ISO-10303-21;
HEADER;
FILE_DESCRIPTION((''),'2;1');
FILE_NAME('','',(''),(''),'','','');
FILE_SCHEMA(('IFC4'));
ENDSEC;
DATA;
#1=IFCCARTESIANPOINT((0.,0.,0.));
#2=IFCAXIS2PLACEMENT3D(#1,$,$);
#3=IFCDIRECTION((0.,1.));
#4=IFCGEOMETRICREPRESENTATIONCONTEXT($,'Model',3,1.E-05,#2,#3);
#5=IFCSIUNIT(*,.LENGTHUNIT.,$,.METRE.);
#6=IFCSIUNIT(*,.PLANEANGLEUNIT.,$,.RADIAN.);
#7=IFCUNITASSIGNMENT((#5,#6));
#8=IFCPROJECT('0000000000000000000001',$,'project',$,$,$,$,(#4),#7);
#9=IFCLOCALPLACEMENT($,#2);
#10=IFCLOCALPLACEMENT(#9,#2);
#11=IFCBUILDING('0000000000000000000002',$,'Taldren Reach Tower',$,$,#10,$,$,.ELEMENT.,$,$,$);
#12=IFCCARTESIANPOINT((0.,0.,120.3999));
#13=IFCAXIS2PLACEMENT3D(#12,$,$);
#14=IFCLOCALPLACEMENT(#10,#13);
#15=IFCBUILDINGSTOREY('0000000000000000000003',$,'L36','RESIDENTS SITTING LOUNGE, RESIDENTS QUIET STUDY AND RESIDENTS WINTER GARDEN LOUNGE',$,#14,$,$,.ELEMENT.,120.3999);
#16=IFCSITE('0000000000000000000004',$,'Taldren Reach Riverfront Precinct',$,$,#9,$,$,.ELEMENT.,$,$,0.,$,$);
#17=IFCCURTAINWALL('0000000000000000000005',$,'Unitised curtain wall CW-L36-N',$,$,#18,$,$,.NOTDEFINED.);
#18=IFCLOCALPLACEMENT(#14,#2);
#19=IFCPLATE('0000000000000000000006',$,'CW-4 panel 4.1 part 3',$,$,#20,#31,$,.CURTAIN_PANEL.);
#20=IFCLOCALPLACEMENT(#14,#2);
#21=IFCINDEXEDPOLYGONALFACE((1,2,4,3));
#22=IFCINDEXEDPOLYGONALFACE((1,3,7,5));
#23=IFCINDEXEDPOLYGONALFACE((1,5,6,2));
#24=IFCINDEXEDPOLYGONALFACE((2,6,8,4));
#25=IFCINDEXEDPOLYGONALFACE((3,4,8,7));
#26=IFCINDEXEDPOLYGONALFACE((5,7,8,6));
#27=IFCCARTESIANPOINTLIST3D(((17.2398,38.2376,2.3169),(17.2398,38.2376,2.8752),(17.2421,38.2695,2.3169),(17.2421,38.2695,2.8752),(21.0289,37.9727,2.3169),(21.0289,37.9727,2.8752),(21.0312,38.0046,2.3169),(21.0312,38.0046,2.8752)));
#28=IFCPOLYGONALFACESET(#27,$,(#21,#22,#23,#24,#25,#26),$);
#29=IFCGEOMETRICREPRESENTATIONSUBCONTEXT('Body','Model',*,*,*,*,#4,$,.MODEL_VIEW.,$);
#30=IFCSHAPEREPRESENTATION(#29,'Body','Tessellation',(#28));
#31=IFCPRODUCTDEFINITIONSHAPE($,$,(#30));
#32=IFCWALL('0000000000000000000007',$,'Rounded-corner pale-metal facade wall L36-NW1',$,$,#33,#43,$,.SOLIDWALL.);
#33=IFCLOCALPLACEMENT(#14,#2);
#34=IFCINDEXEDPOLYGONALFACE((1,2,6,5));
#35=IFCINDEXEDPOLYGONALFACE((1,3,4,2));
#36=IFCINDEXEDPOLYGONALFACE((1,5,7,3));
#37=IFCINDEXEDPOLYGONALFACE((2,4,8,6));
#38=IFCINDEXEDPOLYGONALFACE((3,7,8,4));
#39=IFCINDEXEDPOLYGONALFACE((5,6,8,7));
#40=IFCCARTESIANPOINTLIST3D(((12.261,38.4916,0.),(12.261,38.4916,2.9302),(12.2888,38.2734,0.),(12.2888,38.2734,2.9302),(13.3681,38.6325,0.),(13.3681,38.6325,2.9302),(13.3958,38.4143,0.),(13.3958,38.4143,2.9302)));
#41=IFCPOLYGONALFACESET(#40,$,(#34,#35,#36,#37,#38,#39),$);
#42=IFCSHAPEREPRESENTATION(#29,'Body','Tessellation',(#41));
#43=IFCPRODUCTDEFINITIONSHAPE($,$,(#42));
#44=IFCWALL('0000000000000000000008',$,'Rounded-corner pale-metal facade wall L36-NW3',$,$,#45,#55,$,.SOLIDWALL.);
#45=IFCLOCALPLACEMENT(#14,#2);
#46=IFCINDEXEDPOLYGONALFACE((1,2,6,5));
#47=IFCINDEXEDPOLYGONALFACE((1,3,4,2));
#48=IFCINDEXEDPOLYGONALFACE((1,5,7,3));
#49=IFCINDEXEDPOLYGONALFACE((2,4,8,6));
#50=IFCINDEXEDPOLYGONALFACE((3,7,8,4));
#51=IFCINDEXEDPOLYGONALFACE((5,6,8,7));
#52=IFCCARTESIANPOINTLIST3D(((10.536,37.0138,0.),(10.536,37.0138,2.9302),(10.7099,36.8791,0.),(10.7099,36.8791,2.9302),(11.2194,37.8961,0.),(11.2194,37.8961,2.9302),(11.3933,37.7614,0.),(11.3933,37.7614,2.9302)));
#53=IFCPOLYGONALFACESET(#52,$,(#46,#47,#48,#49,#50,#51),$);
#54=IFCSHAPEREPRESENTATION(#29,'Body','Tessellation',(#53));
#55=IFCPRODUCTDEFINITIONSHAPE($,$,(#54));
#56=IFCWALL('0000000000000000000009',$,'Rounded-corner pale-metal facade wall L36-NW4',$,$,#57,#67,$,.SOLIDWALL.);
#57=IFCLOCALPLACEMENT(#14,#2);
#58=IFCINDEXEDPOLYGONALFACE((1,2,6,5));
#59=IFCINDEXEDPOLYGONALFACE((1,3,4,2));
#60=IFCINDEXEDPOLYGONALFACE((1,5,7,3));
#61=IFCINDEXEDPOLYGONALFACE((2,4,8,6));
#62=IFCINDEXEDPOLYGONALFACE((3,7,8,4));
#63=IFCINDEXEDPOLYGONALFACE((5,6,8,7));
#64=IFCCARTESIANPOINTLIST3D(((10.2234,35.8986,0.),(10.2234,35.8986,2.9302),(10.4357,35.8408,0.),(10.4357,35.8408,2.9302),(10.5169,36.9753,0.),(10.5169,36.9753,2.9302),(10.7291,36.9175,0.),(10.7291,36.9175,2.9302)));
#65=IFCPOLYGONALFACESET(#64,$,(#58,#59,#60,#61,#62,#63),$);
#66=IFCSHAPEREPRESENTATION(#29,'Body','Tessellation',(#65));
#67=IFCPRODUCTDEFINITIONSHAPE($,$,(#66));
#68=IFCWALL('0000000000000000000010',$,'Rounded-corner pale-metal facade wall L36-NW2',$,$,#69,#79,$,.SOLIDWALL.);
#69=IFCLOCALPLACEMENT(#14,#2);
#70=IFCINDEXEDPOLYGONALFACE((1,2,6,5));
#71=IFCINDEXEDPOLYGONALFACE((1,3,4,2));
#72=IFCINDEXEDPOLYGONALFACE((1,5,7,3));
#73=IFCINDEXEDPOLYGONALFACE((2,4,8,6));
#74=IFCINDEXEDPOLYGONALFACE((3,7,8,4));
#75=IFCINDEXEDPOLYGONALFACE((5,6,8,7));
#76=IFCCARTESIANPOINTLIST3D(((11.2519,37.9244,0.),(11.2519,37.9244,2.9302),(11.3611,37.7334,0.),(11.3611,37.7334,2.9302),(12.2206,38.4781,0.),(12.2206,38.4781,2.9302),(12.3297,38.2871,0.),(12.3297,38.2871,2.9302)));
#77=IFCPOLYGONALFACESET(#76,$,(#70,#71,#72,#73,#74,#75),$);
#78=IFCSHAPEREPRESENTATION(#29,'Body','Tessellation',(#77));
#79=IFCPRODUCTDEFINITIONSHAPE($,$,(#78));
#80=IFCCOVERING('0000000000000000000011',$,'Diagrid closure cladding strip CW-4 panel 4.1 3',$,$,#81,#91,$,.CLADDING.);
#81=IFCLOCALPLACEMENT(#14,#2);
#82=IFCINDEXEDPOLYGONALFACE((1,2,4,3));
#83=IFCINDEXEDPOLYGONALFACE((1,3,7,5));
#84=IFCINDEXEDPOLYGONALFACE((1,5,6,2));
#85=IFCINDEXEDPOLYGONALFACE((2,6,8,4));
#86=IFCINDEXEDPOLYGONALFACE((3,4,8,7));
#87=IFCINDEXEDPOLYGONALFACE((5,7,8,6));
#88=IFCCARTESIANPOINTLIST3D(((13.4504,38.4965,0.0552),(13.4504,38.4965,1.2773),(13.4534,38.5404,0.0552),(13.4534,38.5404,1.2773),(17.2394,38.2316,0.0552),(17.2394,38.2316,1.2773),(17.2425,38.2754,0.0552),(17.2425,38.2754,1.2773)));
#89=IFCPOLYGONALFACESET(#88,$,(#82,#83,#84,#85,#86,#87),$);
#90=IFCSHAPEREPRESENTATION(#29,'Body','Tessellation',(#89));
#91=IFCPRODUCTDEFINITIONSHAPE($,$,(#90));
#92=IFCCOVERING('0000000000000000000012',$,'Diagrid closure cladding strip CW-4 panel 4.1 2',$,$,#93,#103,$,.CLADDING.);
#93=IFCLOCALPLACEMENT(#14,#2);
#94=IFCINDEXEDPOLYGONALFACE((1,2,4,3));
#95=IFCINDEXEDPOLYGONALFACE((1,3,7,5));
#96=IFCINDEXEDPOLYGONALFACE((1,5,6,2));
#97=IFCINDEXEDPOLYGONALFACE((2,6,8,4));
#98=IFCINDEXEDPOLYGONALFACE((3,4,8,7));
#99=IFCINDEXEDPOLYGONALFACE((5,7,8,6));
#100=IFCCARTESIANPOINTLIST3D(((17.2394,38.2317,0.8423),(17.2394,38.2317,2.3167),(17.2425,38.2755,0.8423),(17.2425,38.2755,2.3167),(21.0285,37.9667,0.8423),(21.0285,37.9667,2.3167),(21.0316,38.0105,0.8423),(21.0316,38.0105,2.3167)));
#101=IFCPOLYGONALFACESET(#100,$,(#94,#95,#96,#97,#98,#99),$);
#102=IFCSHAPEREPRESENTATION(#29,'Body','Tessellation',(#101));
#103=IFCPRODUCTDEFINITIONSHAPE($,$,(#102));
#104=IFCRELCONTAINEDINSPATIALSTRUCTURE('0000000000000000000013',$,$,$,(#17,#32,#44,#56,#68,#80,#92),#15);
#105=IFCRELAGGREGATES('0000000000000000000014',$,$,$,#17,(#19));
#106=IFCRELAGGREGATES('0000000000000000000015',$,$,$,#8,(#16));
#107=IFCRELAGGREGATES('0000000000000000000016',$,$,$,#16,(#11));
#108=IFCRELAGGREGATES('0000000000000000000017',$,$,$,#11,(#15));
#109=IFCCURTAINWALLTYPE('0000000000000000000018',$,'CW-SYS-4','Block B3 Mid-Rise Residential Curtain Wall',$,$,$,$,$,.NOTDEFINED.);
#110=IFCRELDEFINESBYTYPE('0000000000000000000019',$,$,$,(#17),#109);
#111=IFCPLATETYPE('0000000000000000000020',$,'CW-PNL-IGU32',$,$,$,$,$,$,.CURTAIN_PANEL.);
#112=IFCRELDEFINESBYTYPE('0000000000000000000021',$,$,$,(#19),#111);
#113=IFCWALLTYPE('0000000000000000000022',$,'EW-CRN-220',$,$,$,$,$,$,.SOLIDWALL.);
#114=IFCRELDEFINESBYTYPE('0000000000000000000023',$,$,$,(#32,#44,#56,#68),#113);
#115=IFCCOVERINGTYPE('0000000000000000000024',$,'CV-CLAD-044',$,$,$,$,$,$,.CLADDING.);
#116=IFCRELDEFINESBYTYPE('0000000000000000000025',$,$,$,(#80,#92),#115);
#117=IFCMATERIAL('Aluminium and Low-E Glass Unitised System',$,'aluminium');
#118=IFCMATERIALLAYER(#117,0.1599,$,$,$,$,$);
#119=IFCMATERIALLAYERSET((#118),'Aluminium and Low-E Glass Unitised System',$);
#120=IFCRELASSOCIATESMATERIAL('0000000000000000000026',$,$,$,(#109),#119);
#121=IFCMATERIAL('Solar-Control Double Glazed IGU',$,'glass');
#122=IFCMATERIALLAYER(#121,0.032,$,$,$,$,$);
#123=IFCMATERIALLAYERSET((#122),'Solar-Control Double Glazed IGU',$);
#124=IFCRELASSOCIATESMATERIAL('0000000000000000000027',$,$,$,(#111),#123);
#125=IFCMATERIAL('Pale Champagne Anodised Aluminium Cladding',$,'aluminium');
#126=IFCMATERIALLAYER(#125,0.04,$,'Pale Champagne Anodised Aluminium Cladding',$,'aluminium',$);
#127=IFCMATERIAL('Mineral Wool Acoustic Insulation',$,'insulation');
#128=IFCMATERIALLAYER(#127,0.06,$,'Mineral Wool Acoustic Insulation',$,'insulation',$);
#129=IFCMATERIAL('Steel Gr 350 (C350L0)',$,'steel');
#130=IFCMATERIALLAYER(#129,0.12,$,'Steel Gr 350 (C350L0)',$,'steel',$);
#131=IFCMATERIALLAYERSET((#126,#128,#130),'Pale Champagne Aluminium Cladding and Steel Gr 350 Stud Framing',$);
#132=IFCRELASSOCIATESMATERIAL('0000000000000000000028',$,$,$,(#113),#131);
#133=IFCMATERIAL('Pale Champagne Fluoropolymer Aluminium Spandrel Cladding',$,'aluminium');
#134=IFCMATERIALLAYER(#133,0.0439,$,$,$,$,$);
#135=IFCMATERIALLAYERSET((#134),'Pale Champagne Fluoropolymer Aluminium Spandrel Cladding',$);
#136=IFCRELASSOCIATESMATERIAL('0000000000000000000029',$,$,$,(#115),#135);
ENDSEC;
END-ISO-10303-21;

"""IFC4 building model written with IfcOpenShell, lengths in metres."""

from ifc_helpers import new_model, si_unit, direction, frame, frame_2d, origin, origin_2d, place, context, subcontext, project, spatial, rectangle, extrude, source, transform, mapped, material, layer, layer_set, type_object, element, aggregate, save


model = new_model("IFC4")

# Units and contexts
model_context = context("Model", 3, precision=1e-05, world=origin(), true_north=direction((0.0, 1.0)))
body_context = subcontext(model_context, "Body", "Model", "MODEL_VIEW")
ifc_project = project(units=[si_unit("LENGTHUNIT", "METRE"), si_unit("PLANEANGLEUNIT", "RADIAN")], contexts=[model_context])

# Site, building, storey
site_placement = place(None, origin())
site = spatial("IfcSite", under=ifc_project, at=site_placement, Name="Taldren Reach Riverfront Precinct", CompositionType="ELEMENT", RefElevation=0.0)
building_placement = place(site_placement, origin())
building = spatial("IfcBuilding", under=site, at=building_placement, Name="Taldren Reach Tower", CompositionType="ELEMENT")
storey_placement = place(building_placement, frame((0.0, 0.0, 120.3999)))
storey = spatial("IfcBuildingStorey", under=building, at=storey_placement, Name="L36", Description="RESIDENTS SITTING LOUNGE, RESIDENTS QUIET STUDY AND RESIDENTS WINTER GARDEN LOUNGE", CompositionType="ELEMENT", Elevation=120.3999)

# Shared definitions
ifc_material_1 = material(Name="Steel Gr 350 (C350L0)", Category="steel")

# Curtain wall
ifc_material_2 = material(Name="Aluminium and Low-E Glass Unitised System", Category="aluminium")
ifc_layer_1 = layer(ifc_material_2, 0.1599)
ifc_layer_set_1 = layer_set([ifc_layer_1], Name="Aluminium and Low-E Glass Unitised System")
curtain_wall_type = type_object("IfcCurtainWallType", Name="CW-SYS-4", Description="Block B3 Mid-Rise Residential Curtain Wall", PredefinedType="NOTDEFINED", material=ifc_layer_set_1)
curtain_wall_1_placement = place(storey_placement, origin())
curtain_wall_1 = element("IfcCurtainWall", 1, at=curtain_wall_1_placement, inside=storey, type_object=curtain_wall_type, Name="Unitised curtain wall CW-L36-N", PredefinedType="NOTDEFINED")

# Plate
ifc_material_3 = material(Name="Solar-Control Double Glazed IGU", Category="glass")
ifc_layer_2 = layer(ifc_material_3, 0.032)
ifc_layer_set_2 = layer_set([ifc_layer_2], Name="Solar-Control Double Glazed IGU")
plate_type_1 = type_object("IfcPlateType", Name="CW-PNL-IGU32", PredefinedType="CURTAIN_PANEL", material=ifc_layer_set_2)
shared_shape_1 = source(origin(), body_context, "Body", "SweptSolid", [
    extrude(rectangle(XDim=3.7983, YDim=0.032, at=origin_2d()), origin(), (0.0, 0.0, 1.0), 0.5583),
])
plate_1_placement = place(storey_placement, frame((19.1355, 38.1211, 2.3169), z_axis=(0.0, 0.0, 1.0), x_axis=(-0.997564, 0.069757, 0.0)))
plate_1 = element("IfcPlate", 2, at=plate_1_placement, type_object=plate_type_1, Name="CW-4 panel 4.1 part 3", PredefinedType="CURTAIN_PANEL", context=body_context, shape_type="MappedRepresentation", body=[
    mapped(shared_shape_1, transform((0.0, 0.0, 0.0), scale=1.0)),
])
aggregate(curtain_wall_1, [plate_1])

# Walls
ifc_material_4 = material(Name="Pale Champagne Anodised Aluminium Cladding", Category="aluminium")
ifc_layer_3 = layer(ifc_material_4, 0.04, Name="Pale Champagne Anodised Aluminium Cladding", Category="aluminium")
ifc_material_5 = material(Name="Mineral Wool Acoustic Insulation", Category="insulation")
ifc_layer_4 = layer(ifc_material_5, 0.06, Name="Mineral Wool Acoustic Insulation", Category="insulation")
ifc_layer_5 = layer(ifc_material_1, 0.12, Name="Steel Gr 350 (C350L0)", Category="steel")
ifc_layer_set_3 = layer_set([ifc_layer_3, ifc_layer_4, ifc_layer_5], Name="Pale Champagne Aluminium Cladding and Steel Gr 350 Stud Framing")
wall_type = type_object("IfcWallType", Name="EW-CRN-220", PredefinedType="SOLIDWALL", material=ifc_layer_set_3)
shared_shape_2 = source(origin(), body_context, "Body", "SweptSolid", [
    extrude(rectangle(XDim=1.116, YDim=0.22, at=frame_2d((0.5581, 0.0))), origin(), (0.0, 0.0, 1.0), 2.9302),
])
for number, where, z_axis, x_axis, name in (
    (3, (13.3821, 38.5234, 0.0), (0.0, 0.0, 1.0), (-0.991999, -0.126243, 0.0), "Rounded-corner pale-metal facade wall L36-NW1"),
    (4, (11.3064, 37.8289, 0.0), (0.0, 0.0, 1.0), (-0.612319, -0.790611, 0.0), "Rounded-corner pale-metal facade wall L36-NW3"),
    (5, (10.623, 36.9465, 0.0), (0.0, 0.0, 1.0), (-0.262969, -0.964804, 0.0), "Rounded-corner pale-metal facade wall L36-NW4"),
):
    element("IfcWall", number, at=place(storey_placement, frame(where, z_axis=z_axis, x_axis=x_axis)), inside=storey, type_object=wall_type, Name=name, PredefinedType="SOLIDWALL", context=body_context, shape_type="MappedRepresentation", body=[
        mapped(shared_shape_2, transform((0.0, 0.0, 0.0), scale=1.0)),
    ])
shared_shape_3 = source(origin(), body_context, "Body", "SweptSolid", [
    extrude(rectangle(XDim=1.1157, YDim=0.22, at=frame_2d((0.5579, 0.0))), origin(), (0.0, 0.0, 1.0), 2.9302),
])
wall_placement = place(storey_placement, frame((12.2751, 38.3826, 0.0), z_axis=(0.0, 0.0, 1.0), x_axis=(-0.868189, -0.496233, 0.0)))
element("IfcWall", 6, at=wall_placement, inside=storey, type_object=wall_type, Name="Rounded-corner pale-metal facade wall L36-NW2", PredefinedType="SOLIDWALL", context=body_context, shape_type="MappedRepresentation", body=[
    mapped(shared_shape_3, transform((0.0, 0.0, 0.0), scale=1.0)),
])

# Coverings
ifc_material_6 = material(Name="Pale Champagne Fluoropolymer Aluminium Spandrel Cladding", Category="aluminium")
ifc_layer_6 = layer(ifc_material_6, 0.0439)
ifc_layer_set_4 = layer_set([ifc_layer_6], Name="Pale Champagne Fluoropolymer Aluminium Spandrel Cladding")
covering_type = type_object("IfcCoveringType", Name="CV-CLAD-044", PredefinedType="CLADDING", material=ifc_layer_set_4)
shared_shape_4 = source(origin(), body_context, "Body", "SweptSolid", [
    extrude(rectangle(XDim=3.7983, YDim=0.0439, at=origin_2d()), origin(), (0.0, 0.0, 1.0), 1.2222),
])
covering_1_placement = place(storey_placement, frame((15.3464, 38.386, 0.0552), z_axis=(0.0, 0.0, 1.0), x_axis=(-0.997564, 0.069757, 0.0)))
element("IfcCovering", 7, at=covering_1_placement, inside=storey, type_object=covering_type, Name="Diagrid closure cladding strip CW-4 panel 4.1 3", PredefinedType="CLADDING", context=body_context, shape_type="MappedRepresentation", body=[
    mapped(shared_shape_4, transform((0.0, 0.0, 0.0), scale=1.0)),
])
shared_shape_5 = source(origin(), body_context, "Body", "SweptSolid", [
    extrude(rectangle(XDim=3.7983, YDim=0.0439, at=origin_2d()), origin(), (0.0, 0.0, 1.0), 1.4744),
])
covering_2_placement = place(storey_placement, frame((19.1355, 38.1211, 0.8423), z_axis=(0.0, 0.0, 1.0), x_axis=(-0.997564, 0.069757, 0.0)))
element("IfcCovering", 8, at=covering_2_placement, inside=storey, type_object=covering_type, Name="Diagrid closure cladding strip CW-4 panel 4.1 2", PredefinedType="CLADDING", context=body_context, shape_type="MappedRepresentation", body=[
    mapped(shared_shape_5, transform((0.0, 0.0, 0.0), scale=1.0)),
])

save(model, "model.ifc")
